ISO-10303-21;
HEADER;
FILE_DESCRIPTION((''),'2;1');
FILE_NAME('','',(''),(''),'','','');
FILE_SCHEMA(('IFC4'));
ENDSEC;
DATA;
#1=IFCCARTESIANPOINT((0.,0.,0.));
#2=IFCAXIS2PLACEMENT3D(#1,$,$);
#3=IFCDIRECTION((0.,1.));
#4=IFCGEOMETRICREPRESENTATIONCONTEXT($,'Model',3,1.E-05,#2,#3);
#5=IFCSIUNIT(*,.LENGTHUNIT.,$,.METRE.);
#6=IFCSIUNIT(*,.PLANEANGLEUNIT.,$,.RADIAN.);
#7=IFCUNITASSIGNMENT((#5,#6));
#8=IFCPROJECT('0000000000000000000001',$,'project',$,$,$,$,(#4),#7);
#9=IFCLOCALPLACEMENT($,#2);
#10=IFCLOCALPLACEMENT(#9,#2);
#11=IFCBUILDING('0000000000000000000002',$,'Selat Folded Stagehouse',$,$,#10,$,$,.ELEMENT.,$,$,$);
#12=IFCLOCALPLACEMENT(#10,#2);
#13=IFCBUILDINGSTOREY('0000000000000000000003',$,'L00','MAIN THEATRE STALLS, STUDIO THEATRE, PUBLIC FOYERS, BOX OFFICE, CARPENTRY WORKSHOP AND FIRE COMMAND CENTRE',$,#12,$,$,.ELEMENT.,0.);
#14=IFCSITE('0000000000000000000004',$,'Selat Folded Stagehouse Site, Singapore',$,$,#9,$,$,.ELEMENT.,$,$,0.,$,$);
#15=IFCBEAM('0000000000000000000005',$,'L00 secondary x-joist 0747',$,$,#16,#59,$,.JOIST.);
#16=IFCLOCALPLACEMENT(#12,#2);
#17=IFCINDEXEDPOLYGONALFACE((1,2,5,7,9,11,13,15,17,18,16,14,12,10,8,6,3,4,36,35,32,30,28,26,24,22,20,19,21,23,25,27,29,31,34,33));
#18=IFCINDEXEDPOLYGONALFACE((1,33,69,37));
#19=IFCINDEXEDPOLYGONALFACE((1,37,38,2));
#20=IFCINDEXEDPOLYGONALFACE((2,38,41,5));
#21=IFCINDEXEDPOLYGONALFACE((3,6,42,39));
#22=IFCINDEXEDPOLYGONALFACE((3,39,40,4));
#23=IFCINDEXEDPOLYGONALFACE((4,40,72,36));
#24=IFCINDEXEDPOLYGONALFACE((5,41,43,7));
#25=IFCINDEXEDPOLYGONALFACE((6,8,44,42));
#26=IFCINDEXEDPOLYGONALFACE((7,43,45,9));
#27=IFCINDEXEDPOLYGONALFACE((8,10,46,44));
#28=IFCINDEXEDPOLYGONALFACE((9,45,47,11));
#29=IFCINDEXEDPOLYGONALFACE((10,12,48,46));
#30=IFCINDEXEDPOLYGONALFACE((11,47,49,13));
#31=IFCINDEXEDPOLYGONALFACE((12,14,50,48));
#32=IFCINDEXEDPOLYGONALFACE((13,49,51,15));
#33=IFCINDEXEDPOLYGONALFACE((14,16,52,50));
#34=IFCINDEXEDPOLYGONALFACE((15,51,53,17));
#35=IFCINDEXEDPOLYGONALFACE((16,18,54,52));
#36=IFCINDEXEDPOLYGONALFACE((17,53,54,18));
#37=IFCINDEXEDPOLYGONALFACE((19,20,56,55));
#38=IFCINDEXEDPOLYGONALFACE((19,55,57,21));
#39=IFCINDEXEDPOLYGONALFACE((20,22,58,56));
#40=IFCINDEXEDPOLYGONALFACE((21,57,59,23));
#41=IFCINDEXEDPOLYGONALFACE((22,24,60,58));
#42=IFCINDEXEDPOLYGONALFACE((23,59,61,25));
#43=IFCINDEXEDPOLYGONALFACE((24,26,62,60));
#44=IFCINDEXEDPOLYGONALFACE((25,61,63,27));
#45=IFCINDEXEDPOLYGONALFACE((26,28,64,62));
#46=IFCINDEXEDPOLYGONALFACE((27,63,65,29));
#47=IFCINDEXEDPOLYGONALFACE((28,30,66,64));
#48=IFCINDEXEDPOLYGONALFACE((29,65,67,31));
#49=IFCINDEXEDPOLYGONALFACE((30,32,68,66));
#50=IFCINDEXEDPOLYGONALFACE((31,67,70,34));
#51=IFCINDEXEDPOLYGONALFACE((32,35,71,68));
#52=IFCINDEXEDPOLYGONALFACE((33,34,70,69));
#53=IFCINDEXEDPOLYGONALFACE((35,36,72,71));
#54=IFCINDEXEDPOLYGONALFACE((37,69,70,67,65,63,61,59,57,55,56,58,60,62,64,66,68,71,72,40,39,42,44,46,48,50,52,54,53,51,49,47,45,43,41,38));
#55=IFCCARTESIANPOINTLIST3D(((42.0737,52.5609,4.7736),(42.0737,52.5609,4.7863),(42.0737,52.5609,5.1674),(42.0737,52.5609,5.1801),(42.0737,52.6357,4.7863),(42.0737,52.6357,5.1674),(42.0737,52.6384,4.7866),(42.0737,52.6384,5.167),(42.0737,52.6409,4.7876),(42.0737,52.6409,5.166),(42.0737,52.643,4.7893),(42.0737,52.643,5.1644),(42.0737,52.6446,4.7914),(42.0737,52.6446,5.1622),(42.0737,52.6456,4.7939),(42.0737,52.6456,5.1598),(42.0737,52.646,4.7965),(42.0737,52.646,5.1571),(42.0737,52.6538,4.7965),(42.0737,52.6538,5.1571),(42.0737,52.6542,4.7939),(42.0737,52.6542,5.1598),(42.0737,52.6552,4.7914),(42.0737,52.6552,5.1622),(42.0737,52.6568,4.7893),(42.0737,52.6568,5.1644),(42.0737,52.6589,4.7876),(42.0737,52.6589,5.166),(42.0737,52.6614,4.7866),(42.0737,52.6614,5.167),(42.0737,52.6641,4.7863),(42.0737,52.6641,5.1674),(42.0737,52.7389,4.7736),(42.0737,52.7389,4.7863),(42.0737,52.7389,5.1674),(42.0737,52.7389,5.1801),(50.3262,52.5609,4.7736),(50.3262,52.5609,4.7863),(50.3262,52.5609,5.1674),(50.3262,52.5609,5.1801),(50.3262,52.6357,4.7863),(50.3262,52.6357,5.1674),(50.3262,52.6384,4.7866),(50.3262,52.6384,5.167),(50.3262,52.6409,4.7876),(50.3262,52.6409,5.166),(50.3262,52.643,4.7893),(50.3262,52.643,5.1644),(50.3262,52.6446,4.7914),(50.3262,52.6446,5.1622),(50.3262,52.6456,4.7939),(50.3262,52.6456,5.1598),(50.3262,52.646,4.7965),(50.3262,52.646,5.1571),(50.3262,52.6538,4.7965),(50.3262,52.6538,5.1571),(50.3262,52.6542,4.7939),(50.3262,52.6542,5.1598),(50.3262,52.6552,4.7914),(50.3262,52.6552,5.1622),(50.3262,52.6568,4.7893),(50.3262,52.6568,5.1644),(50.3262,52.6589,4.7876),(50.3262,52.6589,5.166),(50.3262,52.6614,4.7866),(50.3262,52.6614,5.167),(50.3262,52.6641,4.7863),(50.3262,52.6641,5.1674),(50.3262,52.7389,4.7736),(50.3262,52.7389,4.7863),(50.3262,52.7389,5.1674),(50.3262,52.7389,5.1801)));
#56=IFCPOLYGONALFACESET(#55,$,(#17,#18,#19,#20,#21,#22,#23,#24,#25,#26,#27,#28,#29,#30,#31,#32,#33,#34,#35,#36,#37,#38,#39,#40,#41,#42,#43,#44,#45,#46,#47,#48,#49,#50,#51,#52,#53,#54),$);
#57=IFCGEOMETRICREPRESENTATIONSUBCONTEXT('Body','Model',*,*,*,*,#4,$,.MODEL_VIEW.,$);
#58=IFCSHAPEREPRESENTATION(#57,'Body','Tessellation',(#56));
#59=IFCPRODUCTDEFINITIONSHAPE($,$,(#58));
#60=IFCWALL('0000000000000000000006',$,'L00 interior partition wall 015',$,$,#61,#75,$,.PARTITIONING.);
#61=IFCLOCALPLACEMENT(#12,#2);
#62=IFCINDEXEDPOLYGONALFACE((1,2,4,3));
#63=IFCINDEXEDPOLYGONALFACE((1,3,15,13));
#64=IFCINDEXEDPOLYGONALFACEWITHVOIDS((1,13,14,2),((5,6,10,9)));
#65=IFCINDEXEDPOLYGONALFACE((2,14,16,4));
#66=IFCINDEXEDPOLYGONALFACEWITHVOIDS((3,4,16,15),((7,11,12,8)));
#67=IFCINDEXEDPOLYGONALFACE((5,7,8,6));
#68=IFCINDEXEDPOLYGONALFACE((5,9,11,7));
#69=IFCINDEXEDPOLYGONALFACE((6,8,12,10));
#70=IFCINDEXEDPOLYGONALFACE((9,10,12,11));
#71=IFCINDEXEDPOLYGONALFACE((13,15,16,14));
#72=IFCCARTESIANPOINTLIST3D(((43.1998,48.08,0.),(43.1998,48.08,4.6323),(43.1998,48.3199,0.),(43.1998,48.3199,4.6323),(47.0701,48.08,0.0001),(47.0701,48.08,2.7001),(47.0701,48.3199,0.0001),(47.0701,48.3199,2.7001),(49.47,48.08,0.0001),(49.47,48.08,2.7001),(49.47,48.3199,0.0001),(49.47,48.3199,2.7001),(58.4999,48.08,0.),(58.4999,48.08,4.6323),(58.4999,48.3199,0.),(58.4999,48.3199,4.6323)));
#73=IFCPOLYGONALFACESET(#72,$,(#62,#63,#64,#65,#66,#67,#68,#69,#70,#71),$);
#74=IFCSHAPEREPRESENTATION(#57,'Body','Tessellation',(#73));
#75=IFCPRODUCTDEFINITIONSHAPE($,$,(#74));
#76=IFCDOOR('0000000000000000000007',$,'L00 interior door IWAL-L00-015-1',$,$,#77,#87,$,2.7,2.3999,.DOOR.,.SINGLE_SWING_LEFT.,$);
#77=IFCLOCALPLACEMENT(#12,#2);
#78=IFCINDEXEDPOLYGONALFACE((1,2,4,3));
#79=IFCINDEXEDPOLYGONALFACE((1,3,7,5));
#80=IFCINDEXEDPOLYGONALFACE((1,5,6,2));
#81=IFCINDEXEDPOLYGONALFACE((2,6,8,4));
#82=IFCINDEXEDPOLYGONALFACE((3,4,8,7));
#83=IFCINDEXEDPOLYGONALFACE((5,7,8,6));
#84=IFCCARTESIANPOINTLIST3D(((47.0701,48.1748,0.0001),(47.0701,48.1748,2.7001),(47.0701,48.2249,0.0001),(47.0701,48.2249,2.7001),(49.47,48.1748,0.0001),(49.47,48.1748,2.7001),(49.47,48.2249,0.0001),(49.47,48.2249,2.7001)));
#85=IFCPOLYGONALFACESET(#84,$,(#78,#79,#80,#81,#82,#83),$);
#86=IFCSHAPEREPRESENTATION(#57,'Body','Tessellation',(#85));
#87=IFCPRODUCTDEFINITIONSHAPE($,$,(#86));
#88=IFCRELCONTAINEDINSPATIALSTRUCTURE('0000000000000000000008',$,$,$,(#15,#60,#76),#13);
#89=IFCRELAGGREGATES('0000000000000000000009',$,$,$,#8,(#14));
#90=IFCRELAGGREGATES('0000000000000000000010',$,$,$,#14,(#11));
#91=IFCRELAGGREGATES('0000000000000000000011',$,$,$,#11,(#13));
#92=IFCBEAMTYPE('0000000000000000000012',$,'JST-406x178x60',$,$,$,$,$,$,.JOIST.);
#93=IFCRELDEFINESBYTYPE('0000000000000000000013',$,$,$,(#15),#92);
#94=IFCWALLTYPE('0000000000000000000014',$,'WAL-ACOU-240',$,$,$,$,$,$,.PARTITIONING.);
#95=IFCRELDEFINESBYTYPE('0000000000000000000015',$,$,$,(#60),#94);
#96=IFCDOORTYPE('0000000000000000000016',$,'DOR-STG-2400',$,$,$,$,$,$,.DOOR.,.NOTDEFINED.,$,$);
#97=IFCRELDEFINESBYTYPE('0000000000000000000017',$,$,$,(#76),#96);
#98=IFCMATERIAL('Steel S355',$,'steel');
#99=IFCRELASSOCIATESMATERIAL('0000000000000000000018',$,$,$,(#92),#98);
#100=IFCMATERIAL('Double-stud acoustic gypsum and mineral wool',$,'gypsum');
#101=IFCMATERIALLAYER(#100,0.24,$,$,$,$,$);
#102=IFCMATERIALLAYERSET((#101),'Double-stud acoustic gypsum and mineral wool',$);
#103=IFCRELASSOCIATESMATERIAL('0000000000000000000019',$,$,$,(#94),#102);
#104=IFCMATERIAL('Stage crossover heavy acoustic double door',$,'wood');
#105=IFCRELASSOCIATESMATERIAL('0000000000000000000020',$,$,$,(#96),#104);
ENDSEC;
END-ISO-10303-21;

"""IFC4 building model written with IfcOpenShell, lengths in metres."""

from ifc_helpers import new_model, si_unit, direction, frame, frame_2d, origin, origin_2d, place, context, subcontext, project, spatial, rectangle, i_section, extrude, material, layer, layer_set, material_profile, profile_set, type_object, element, fill, save


model = new_model("IFC4")

# Units and contexts
model_context = context("Model", 3, precision=1e-05, world=origin(), true_north=direction((0.0, 1.0)))
body_context = subcontext(model_context, "Body", "Model", "MODEL_VIEW")
ifc_project = project(units=[si_unit("LENGTHUNIT", "METRE"), si_unit("PLANEANGLEUNIT", "RADIAN")], contexts=[model_context])

# Site, building, storey
site_placement = place(None, origin())
site = spatial("IfcSite", under=ifc_project, at=site_placement, Name="Selat Folded Stagehouse Site, Singapore", CompositionType="ELEMENT", RefElevation=0.0)
building_placement = place(site_placement, origin())
building = spatial("IfcBuilding", under=site, at=building_placement, Name="Selat Folded Stagehouse", CompositionType="ELEMENT")
storey_placement = place(building_placement, origin())
storey = spatial("IfcBuildingStorey", under=building, at=storey_placement, Name="L00", Description="MAIN THEATRE STALLS, STUDIO THEATRE, PUBLIC FOYERS, BOX OFFICE, CARPENTRY WORKSHOP AND FIRE COMMAND CENTRE", CompositionType="ELEMENT", Elevation=0.0)

# Shared definitions
ifc_material_1 = material(Name="Steel S355", Category="steel")

# Beam
ifc_material_profile_1 = material_profile(ifc_material_1, i_section(OverallWidth=0.178, OverallDepth=0.4065, WebThickness=0.0078, FlangeThickness=0.0127, FilletRadius=0.0103, at=origin_2d()), Name="UKB 406x178x60")
ifc_profile_set_1 = profile_set([ifc_material_profile_1], Name="Steel S355")
beam_type_1 = type_object("IfcBeamType", Name="JST-406x178x60", PredefinedType="JOIST", material=ifc_profile_set_1)
for number, where, z_axis, x_axis, name in (
    (1, (42.0737, 52.6499, 4.9768), (1.0, 0.0, 0.0), (0.0, 1.0, 0.0), "L00 secondary x-joist 0747"),
):
    element("IfcBeam", number, at=place(storey_placement, frame(where, z_axis=z_axis, x_axis=x_axis)), inside=storey, type_object=beam_type_1, Name=name, PredefinedType="JOIST", context=body_context, shape_type="SweptSolid", body=[
        extrude(i_section(OverallWidth=0.178, OverallDepth=0.4065, WebThickness=0.0078, FlangeThickness=0.0127, FilletRadius=0.0103, at=origin_2d()), origin(), (0.0, 0.0, 1.0), 8.2524),
    ])

# Wall, opening, door
ifc_material_2 = material(Name="Double-stud acoustic gypsum and mineral wool", Category="gypsum")
ifc_layer_1 = layer(ifc_material_2, 0.24)
ifc_layer_set_1 = layer_set([ifc_layer_1], Name="Double-stud acoustic gypsum and mineral wool")
wall_type_1 = type_object("IfcWallType", Name="WAL-ACOU-240", PredefinedType="PARTITIONING", material=ifc_layer_set_1)
wall_1_placement = place(storey_placement, frame((43.2, 48.2, 0.0), z_axis=(0.0, 0.0, 1.0), x_axis=(1.0, 0.0, 0.0)))
wall_1 = element("IfcWall", 2, at=wall_1_placement, inside=storey, type_object=wall_type_1, Name="L00 interior partition wall 015", PredefinedType="PARTITIONING", context=body_context, shape_type="SweptSolid", body=[
    extrude(rectangle(XDim=15.3, YDim=0.24, at=frame_2d((7.6499, 0.0))), origin(), (0.0, 0.0, 1.0), 4.6323),
])
opening_1_placement = place(wall_1_placement, frame((3.8701, 0.0, 0.0)))
opening_1 = element("IfcOpeningElement", 3, at=opening_1_placement, cuts=wall_1, PredefinedType="OPENING", context=body_context, shape_type="SweptSolid", body=[
    extrude(rectangle(XDim=2.3999, YDim=2.7, at=frame_2d((1.2, 1.3501))), frame((0.0, 0.1299, 0.0), z_axis=(0.0, -1.0, 0.0), x_axis=(1.0, 0.0, 0.0)), (0.0, 0.0, 1.0), 0.26),
])
ifc_material_3 = material(Name="Stage crossover heavy acoustic double door", Category="wood")
door_type_1 = type_object("IfcDoorType", Name="DOR-STG-2400", OperationType="NOTDEFINED", PredefinedType="DOOR", material=ifc_material_3)
door_1_placement = place(opening_1_placement, origin())
door_1 = element("IfcDoor", 4, at=door_1_placement, inside=storey, type_object=door_type_1, Name="L00 interior door IWAL-L00-015-1", OperationType="SINGLE_SWING_LEFT", OverallHeight=2.7, OverallWidth=2.3999, PredefinedType="DOOR", context=body_context, shape_type="SweptSolid", body=[
    extrude(rectangle(XDim=2.3999, YDim=2.7, at=frame_2d((1.2, 1.3501))), frame((0.0, 0.0249, 0.0), z_axis=(0.0, -1.0, 0.0), x_axis=(1.0, 0.0, 0.0)), (0.0, 0.0, 1.0), 0.05),
])
fill(opening_1, door_1)

save(model, "model.ifc")
